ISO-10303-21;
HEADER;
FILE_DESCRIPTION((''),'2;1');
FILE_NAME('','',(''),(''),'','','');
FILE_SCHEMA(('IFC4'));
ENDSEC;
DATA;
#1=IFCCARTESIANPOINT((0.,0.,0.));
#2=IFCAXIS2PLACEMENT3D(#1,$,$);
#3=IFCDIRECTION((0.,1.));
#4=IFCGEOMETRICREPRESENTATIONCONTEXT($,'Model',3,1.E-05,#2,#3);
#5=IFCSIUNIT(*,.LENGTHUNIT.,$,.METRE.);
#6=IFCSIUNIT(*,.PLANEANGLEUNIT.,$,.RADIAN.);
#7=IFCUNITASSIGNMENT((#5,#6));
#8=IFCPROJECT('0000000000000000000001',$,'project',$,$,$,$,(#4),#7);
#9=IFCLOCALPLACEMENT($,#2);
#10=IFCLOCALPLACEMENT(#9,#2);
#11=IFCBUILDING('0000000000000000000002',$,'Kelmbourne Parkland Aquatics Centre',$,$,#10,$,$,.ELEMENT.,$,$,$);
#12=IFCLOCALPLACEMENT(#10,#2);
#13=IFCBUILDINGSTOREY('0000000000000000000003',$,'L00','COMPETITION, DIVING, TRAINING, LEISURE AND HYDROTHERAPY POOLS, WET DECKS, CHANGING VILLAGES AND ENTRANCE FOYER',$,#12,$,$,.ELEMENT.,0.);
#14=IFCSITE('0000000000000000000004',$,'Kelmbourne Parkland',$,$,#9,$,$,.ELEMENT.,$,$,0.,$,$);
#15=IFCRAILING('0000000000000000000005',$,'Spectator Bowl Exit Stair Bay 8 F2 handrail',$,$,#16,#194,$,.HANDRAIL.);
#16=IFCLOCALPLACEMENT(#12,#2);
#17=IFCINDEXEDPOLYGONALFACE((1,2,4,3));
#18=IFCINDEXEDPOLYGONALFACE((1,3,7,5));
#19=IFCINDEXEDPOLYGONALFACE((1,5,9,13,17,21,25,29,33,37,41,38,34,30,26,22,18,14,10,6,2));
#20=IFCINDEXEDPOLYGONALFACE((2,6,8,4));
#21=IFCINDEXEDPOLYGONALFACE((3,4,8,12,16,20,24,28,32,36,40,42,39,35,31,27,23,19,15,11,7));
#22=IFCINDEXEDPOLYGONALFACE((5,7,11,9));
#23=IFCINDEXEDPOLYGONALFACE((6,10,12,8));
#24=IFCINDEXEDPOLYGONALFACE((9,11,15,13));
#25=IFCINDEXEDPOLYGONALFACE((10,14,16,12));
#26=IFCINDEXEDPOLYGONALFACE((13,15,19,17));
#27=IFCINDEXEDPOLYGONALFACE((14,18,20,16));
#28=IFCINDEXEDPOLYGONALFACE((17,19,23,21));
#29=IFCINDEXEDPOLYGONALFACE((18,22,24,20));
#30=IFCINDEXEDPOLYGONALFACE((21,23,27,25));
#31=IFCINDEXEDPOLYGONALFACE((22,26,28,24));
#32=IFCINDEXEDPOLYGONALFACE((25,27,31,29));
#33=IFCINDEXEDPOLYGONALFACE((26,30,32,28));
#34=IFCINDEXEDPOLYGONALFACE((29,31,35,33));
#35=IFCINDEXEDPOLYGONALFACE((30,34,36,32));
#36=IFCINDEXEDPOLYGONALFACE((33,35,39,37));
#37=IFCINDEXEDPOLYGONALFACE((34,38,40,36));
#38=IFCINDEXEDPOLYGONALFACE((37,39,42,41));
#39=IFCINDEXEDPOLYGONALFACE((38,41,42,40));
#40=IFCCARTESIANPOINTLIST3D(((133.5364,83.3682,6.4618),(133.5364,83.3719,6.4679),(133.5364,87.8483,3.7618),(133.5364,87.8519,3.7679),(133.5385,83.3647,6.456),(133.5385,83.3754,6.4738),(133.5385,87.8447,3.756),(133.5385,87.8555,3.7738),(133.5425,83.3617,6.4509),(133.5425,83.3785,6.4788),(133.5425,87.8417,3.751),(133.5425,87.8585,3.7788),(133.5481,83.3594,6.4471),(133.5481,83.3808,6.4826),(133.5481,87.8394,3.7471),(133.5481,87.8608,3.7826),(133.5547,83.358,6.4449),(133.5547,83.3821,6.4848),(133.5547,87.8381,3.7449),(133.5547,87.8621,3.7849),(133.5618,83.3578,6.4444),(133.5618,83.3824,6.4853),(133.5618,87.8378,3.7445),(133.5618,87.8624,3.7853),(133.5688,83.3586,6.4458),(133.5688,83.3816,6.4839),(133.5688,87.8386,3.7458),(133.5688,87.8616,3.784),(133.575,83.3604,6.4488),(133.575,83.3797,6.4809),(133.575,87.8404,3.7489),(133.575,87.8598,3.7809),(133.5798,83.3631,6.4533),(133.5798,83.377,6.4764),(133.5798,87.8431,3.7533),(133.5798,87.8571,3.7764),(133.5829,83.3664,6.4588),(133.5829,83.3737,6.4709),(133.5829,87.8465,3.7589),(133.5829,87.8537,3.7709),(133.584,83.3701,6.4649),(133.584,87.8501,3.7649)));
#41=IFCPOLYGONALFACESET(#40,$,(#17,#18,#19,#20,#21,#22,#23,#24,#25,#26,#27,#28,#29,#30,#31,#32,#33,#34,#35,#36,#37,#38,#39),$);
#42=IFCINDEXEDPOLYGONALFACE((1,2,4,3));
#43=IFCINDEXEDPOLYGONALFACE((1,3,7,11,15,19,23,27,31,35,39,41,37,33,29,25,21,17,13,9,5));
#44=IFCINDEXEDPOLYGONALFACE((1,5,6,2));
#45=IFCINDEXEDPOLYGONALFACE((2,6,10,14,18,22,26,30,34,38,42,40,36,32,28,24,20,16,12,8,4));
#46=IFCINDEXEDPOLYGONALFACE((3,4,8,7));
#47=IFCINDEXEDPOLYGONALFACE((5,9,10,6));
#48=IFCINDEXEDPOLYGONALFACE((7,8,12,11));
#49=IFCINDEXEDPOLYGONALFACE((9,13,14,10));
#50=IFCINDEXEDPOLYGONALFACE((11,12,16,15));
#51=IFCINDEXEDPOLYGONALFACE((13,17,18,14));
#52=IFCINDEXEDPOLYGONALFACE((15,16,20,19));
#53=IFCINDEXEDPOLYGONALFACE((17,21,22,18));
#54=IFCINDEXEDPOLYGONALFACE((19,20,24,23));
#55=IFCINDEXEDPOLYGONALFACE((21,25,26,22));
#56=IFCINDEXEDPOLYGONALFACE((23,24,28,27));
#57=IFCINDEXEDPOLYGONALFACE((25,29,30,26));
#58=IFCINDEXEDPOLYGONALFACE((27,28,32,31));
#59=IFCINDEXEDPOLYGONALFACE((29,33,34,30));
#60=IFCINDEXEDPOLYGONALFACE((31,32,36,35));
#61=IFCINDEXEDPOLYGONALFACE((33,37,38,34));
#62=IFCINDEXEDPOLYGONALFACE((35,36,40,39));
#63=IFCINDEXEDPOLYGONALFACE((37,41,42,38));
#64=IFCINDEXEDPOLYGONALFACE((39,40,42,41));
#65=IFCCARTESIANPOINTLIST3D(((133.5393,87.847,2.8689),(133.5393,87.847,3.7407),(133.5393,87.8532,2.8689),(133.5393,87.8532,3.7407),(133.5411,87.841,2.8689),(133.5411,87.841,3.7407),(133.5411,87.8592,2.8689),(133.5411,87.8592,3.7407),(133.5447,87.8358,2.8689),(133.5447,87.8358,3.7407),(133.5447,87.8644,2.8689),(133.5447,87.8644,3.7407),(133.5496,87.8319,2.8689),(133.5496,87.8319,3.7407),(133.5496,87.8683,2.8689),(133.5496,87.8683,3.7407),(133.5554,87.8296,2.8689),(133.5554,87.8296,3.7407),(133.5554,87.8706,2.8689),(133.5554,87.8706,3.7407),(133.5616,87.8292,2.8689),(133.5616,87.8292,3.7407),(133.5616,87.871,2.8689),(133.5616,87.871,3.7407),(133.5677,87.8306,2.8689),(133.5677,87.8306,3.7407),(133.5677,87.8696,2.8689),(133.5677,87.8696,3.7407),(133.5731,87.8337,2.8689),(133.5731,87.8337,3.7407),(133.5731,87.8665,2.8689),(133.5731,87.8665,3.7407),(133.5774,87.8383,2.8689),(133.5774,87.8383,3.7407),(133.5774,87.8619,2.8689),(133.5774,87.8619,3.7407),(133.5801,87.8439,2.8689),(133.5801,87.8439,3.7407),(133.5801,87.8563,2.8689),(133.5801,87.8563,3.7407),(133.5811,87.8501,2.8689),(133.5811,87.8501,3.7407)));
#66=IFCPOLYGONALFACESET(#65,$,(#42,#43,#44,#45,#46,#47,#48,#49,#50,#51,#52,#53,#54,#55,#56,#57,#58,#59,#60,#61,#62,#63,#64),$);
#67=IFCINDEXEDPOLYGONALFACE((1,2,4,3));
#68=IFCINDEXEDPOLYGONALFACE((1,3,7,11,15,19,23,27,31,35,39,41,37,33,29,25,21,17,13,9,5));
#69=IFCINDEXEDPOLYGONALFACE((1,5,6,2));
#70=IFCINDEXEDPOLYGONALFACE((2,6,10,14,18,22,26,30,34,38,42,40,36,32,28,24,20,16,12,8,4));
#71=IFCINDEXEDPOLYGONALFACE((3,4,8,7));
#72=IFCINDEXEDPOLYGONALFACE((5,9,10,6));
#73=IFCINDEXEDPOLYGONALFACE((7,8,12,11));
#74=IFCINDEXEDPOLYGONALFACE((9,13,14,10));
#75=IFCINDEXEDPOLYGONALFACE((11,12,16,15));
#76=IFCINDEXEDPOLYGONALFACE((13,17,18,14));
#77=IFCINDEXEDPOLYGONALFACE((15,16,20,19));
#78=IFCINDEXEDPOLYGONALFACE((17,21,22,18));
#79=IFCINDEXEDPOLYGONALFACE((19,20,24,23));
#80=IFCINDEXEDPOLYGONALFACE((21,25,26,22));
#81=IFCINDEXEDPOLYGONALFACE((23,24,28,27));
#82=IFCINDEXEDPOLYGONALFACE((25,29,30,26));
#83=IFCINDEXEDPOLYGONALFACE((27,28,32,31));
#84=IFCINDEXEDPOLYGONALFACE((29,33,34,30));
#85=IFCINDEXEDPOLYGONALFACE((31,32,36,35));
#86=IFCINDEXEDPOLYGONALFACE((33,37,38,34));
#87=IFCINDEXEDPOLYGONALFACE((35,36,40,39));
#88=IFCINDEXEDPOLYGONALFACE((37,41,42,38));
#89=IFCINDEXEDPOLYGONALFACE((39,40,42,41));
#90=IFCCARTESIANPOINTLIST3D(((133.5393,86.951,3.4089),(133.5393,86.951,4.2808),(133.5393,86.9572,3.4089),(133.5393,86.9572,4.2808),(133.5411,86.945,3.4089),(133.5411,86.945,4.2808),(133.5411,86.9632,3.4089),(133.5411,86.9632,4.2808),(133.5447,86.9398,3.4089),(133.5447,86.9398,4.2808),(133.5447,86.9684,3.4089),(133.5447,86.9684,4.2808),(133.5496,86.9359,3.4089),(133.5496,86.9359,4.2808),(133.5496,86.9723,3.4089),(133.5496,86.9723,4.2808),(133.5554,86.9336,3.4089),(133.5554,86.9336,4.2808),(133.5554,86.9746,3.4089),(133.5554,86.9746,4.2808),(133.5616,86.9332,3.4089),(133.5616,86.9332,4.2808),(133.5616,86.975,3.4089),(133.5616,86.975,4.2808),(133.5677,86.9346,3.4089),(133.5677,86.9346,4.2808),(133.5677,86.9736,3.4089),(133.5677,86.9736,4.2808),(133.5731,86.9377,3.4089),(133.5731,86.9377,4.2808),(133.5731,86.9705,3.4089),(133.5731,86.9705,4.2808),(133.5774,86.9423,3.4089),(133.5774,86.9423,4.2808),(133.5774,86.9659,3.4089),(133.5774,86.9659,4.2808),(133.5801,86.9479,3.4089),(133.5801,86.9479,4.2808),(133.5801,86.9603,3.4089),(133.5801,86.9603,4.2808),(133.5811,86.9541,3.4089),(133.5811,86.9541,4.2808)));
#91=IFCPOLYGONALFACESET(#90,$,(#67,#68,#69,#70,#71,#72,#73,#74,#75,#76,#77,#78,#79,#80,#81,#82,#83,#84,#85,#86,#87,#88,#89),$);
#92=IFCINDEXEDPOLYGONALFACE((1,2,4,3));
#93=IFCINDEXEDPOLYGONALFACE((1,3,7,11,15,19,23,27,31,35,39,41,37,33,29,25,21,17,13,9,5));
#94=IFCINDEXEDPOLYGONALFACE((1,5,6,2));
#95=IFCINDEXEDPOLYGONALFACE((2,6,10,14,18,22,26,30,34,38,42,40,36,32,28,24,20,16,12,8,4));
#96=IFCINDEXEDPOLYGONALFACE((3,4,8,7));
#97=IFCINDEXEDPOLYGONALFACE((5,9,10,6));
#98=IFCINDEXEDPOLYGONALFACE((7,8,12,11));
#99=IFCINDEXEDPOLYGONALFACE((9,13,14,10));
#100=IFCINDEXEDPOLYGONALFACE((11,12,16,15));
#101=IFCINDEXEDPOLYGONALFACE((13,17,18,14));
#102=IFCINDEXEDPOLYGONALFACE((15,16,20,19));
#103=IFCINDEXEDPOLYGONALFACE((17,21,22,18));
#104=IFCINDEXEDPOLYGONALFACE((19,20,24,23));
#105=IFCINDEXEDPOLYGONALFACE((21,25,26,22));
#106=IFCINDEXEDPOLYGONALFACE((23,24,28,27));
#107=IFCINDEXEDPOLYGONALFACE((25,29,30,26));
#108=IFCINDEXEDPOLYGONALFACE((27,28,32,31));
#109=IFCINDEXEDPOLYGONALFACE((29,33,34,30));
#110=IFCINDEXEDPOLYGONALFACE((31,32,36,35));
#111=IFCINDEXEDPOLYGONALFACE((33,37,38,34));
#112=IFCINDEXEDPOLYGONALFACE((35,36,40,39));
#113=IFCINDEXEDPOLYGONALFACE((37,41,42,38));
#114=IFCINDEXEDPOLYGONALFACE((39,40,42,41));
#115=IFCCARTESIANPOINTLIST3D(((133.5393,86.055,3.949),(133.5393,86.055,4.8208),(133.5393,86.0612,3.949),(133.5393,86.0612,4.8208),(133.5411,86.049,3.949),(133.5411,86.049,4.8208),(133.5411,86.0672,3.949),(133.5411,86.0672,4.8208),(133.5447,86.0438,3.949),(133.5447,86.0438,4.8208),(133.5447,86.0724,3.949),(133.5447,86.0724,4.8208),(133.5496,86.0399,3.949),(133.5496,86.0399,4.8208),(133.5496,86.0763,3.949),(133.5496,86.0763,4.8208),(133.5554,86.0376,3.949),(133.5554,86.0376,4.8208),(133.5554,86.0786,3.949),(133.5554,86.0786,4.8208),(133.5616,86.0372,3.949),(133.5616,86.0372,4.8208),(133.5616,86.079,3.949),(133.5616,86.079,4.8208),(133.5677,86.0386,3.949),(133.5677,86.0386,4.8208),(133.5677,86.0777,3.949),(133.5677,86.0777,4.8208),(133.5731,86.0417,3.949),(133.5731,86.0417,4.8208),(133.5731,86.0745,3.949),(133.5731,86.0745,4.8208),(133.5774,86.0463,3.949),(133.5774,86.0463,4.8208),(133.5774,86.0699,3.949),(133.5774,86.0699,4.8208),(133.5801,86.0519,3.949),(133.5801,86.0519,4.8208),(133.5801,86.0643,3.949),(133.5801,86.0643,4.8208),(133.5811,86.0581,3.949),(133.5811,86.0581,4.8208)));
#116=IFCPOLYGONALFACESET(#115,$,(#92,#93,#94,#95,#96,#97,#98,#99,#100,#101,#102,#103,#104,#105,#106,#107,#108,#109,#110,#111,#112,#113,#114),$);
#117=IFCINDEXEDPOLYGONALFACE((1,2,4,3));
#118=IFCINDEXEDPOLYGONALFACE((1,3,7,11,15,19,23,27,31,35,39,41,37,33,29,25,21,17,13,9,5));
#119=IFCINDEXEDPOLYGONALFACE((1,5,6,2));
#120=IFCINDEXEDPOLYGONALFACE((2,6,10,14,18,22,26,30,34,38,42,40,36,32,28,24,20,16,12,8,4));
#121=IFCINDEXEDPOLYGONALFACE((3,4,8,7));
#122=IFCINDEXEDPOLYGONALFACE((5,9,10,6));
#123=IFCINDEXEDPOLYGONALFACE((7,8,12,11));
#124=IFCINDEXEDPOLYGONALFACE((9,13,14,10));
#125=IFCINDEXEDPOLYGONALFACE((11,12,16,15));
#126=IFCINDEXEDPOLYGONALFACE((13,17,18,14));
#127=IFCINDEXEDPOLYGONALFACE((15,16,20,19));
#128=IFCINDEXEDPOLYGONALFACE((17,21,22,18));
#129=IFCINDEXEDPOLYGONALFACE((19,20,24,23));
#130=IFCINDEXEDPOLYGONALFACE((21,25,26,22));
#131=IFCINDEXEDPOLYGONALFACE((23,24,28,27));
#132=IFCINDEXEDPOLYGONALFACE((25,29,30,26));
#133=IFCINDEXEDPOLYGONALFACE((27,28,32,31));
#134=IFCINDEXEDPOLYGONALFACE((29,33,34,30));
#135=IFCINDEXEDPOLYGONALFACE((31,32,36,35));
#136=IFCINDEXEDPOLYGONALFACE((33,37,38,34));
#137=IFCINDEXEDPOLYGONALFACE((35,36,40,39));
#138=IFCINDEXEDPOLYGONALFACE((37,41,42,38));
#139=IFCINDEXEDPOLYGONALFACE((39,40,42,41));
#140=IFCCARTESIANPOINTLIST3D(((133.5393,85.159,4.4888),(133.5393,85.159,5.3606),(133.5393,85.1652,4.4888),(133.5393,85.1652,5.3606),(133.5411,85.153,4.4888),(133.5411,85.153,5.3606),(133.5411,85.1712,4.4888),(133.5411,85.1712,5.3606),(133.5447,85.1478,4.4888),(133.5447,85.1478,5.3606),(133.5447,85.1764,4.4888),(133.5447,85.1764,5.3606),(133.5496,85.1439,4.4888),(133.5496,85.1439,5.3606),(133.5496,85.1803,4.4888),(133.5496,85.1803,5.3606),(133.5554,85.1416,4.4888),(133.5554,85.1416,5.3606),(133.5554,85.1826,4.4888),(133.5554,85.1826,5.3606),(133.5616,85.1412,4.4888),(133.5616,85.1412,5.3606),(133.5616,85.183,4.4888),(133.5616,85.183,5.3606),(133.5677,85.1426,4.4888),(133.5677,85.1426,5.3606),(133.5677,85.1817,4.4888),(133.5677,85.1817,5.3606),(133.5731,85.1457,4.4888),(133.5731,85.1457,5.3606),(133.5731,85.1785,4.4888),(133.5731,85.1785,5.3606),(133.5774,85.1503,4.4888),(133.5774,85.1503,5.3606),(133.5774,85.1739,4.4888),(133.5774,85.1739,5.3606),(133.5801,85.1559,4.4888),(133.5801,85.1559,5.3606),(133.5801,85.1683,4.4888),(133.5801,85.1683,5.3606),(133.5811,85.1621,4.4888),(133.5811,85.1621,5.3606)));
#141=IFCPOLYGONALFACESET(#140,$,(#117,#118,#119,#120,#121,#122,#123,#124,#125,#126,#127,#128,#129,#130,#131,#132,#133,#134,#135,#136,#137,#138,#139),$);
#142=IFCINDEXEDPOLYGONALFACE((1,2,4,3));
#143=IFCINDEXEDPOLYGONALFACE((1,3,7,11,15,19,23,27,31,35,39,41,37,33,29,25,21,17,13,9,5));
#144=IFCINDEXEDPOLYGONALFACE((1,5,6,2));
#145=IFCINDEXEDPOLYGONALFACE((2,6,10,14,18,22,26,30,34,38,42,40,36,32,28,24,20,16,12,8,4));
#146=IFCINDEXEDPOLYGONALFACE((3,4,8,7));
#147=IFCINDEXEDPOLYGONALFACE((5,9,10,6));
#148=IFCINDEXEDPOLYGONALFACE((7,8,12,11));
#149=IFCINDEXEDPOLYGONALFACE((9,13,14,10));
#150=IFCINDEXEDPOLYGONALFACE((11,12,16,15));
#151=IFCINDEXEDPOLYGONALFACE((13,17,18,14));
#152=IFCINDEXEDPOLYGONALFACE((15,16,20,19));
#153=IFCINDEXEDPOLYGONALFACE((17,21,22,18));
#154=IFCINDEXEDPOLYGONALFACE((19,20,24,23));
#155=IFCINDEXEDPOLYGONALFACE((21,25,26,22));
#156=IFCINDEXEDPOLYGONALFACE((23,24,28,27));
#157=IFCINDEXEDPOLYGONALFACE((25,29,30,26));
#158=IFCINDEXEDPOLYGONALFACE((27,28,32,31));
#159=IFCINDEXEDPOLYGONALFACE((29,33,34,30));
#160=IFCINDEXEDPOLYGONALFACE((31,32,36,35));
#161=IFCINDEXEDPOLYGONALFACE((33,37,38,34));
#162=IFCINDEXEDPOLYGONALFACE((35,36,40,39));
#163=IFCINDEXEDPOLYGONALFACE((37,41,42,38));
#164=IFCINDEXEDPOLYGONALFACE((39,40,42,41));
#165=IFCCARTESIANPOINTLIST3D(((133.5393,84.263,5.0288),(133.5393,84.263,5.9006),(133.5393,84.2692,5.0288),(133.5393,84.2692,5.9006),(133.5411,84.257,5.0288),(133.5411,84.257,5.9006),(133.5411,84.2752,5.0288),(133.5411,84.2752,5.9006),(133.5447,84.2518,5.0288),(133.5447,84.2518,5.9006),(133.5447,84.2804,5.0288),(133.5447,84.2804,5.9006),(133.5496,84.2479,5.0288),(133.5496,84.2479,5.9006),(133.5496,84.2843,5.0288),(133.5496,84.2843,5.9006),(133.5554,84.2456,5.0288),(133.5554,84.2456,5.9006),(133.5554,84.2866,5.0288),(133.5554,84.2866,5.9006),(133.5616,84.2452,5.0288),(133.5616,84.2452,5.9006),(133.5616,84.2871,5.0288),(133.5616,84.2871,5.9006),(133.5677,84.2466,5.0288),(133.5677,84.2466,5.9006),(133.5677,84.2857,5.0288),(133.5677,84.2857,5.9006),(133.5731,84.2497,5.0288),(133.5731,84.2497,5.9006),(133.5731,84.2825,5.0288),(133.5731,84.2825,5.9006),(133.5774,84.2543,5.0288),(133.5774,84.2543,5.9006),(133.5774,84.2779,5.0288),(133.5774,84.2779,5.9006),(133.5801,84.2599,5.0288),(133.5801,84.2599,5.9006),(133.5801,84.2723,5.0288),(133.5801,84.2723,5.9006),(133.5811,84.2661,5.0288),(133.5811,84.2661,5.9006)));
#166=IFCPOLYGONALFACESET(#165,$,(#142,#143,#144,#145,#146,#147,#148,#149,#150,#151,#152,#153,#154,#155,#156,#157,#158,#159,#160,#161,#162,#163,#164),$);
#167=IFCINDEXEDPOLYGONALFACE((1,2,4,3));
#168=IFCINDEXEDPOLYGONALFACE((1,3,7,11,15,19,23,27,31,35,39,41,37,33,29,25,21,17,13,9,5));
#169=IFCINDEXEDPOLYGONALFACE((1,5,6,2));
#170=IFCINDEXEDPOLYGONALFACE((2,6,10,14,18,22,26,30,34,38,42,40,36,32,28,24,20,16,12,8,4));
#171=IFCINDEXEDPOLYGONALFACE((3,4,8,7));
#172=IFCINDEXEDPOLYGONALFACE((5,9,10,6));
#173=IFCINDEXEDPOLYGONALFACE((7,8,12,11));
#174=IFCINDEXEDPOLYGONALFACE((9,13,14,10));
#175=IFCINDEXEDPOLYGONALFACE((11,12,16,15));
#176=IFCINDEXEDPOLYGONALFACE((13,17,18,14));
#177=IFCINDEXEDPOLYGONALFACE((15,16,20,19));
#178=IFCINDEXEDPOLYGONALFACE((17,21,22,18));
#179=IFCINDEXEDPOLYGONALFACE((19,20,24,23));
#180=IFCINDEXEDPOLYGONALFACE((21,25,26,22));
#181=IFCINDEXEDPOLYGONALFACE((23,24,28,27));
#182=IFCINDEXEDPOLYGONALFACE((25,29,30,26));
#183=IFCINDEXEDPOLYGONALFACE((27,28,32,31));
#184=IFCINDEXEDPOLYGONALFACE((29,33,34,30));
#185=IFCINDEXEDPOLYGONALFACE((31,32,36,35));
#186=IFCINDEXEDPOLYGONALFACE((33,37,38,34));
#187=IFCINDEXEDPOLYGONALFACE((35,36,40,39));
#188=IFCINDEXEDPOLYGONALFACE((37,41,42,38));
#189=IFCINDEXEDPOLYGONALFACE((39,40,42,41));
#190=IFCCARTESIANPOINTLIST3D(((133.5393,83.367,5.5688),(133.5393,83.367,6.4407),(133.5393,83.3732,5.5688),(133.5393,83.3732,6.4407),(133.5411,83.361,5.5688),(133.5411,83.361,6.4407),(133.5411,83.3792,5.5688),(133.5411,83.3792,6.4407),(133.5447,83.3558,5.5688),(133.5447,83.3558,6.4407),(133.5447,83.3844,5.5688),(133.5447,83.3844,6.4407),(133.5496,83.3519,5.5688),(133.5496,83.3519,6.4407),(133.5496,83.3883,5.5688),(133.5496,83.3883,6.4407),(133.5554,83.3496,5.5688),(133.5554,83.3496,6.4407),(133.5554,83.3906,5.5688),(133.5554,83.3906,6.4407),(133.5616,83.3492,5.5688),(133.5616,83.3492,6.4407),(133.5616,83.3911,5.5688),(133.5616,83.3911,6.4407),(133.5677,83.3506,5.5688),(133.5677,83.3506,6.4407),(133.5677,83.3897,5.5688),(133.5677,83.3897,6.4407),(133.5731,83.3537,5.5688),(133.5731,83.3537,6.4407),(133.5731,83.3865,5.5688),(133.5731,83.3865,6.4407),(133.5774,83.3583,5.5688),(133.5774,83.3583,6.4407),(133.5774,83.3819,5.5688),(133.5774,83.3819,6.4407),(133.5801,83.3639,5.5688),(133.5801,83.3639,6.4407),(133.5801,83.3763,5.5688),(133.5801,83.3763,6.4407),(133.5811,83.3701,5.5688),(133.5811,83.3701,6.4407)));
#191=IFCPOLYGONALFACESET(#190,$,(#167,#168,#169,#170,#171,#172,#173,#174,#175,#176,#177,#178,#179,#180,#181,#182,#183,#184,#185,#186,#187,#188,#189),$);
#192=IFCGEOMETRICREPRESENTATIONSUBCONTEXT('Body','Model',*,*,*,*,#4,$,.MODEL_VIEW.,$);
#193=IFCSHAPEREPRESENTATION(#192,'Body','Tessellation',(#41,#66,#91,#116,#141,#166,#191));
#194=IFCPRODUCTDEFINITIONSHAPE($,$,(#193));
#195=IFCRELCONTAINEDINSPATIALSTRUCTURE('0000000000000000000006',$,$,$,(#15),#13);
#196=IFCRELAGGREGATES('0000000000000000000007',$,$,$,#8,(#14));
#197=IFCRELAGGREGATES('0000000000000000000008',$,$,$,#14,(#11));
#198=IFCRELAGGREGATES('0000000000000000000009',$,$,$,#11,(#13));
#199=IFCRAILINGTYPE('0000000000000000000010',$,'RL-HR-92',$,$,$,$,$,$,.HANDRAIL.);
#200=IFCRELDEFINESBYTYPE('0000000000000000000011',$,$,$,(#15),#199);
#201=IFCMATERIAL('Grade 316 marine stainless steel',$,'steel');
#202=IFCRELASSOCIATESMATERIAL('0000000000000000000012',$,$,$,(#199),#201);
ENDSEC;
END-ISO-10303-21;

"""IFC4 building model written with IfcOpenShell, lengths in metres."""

from ifc_helpers import new_model, si_unit, direction, frame, origin, origin_2d, place, context, subcontext, project, spatial, circle, extrude, material, type_object, element, save


model = new_model("IFC4")

# Units and contexts
model_context = context("Model", 3, precision=1e-05, world=origin(), true_north=direction((0.0, 1.0)))
body_context = subcontext(model_context, "Body", "Model", "MODEL_VIEW")
ifc_project = project(units=[si_unit("LENGTHUNIT", "METRE"), si_unit("PLANEANGLEUNIT", "RADIAN")], contexts=[model_context])

# Site, building, storey
site_placement = place(None, origin())
site = spatial("IfcSite", under=ifc_project, at=site_placement, Name="Kelmbourne Parkland", CompositionType="ELEMENT", RefElevation=0.0)
building_placement = place(site_placement, origin())
building = spatial("IfcBuilding", under=site, at=building_placement, Name="Kelmbourne Parkland Aquatics Centre", CompositionType="ELEMENT")
storey_placement = place(building_placement, origin())
storey = spatial("IfcBuildingStorey", under=building, at=storey_placement, Name="L00", Description="COMPETITION, DIVING, TRAINING, LEISURE AND HYDROTHERAPY POOLS, WET DECKS, CHANGING VILLAGES AND ENTRANCE FOYER", CompositionType="ELEMENT", Elevation=0.0)

# Railing
ifc_material_1 = material(Name="Grade 316 marine stainless steel", Category="steel")
railing_type_1 = type_object("IfcRailingType", Name="RL-HR-92", PredefinedType="HANDRAIL", material=ifc_material_1)
for number, where, name in (
    (1, (133.5601, 87.8501, 2.8689), "Spectator Bowl Exit Stair Bay 8 F2 handrail"),
):
    element("IfcRailing", number, at=place(storey_placement, frame(where)), inside=storey, type_object=railing_type_1, Name=name, PredefinedType="HANDRAIL", context=body_context, shape_type="SweptSolid", body=[
        extrude(circle(Radius=0.0239, at=origin_2d()), frame((0.0, 0.0, 0.896), z_axis=(0.0, -0.856482, 0.516176), x_axis=(1.0, 0.0, 0.0)), (0.0, 0.0, 1.0), 5.2307),
        extrude(circle(Radius=0.021, at=origin_2d()), origin(), (0.0, 0.0, 1.0), 0.8718),
        extrude(circle(Radius=0.021, at=origin_2d()), frame((0.0, -0.896, 0.54)), (0.0, 0.0, 1.0), 0.8718),
        extrude(circle(Radius=0.021, at=origin_2d()), frame((0.0, -1.792, 1.0801)), (0.0, 0.0, 1.0), 0.8718),
        extrude(circle(Radius=0.021, at=origin_2d()), frame((0.0, -2.688, 1.6199)), (0.0, 0.0, 1.0), 0.8718),
        extrude(circle(Radius=0.021, at=origin_2d()), frame((0.0, -3.584, 2.1599)), (0.0, 0.0, 1.0), 0.8718),
        extrude(circle(Radius=0.021, at=origin_2d()), frame((0.0, -4.48, 2.7)), (0.0, 0.0, 1.0), 0.8718),
    ])

save(model, "model.ifc")
